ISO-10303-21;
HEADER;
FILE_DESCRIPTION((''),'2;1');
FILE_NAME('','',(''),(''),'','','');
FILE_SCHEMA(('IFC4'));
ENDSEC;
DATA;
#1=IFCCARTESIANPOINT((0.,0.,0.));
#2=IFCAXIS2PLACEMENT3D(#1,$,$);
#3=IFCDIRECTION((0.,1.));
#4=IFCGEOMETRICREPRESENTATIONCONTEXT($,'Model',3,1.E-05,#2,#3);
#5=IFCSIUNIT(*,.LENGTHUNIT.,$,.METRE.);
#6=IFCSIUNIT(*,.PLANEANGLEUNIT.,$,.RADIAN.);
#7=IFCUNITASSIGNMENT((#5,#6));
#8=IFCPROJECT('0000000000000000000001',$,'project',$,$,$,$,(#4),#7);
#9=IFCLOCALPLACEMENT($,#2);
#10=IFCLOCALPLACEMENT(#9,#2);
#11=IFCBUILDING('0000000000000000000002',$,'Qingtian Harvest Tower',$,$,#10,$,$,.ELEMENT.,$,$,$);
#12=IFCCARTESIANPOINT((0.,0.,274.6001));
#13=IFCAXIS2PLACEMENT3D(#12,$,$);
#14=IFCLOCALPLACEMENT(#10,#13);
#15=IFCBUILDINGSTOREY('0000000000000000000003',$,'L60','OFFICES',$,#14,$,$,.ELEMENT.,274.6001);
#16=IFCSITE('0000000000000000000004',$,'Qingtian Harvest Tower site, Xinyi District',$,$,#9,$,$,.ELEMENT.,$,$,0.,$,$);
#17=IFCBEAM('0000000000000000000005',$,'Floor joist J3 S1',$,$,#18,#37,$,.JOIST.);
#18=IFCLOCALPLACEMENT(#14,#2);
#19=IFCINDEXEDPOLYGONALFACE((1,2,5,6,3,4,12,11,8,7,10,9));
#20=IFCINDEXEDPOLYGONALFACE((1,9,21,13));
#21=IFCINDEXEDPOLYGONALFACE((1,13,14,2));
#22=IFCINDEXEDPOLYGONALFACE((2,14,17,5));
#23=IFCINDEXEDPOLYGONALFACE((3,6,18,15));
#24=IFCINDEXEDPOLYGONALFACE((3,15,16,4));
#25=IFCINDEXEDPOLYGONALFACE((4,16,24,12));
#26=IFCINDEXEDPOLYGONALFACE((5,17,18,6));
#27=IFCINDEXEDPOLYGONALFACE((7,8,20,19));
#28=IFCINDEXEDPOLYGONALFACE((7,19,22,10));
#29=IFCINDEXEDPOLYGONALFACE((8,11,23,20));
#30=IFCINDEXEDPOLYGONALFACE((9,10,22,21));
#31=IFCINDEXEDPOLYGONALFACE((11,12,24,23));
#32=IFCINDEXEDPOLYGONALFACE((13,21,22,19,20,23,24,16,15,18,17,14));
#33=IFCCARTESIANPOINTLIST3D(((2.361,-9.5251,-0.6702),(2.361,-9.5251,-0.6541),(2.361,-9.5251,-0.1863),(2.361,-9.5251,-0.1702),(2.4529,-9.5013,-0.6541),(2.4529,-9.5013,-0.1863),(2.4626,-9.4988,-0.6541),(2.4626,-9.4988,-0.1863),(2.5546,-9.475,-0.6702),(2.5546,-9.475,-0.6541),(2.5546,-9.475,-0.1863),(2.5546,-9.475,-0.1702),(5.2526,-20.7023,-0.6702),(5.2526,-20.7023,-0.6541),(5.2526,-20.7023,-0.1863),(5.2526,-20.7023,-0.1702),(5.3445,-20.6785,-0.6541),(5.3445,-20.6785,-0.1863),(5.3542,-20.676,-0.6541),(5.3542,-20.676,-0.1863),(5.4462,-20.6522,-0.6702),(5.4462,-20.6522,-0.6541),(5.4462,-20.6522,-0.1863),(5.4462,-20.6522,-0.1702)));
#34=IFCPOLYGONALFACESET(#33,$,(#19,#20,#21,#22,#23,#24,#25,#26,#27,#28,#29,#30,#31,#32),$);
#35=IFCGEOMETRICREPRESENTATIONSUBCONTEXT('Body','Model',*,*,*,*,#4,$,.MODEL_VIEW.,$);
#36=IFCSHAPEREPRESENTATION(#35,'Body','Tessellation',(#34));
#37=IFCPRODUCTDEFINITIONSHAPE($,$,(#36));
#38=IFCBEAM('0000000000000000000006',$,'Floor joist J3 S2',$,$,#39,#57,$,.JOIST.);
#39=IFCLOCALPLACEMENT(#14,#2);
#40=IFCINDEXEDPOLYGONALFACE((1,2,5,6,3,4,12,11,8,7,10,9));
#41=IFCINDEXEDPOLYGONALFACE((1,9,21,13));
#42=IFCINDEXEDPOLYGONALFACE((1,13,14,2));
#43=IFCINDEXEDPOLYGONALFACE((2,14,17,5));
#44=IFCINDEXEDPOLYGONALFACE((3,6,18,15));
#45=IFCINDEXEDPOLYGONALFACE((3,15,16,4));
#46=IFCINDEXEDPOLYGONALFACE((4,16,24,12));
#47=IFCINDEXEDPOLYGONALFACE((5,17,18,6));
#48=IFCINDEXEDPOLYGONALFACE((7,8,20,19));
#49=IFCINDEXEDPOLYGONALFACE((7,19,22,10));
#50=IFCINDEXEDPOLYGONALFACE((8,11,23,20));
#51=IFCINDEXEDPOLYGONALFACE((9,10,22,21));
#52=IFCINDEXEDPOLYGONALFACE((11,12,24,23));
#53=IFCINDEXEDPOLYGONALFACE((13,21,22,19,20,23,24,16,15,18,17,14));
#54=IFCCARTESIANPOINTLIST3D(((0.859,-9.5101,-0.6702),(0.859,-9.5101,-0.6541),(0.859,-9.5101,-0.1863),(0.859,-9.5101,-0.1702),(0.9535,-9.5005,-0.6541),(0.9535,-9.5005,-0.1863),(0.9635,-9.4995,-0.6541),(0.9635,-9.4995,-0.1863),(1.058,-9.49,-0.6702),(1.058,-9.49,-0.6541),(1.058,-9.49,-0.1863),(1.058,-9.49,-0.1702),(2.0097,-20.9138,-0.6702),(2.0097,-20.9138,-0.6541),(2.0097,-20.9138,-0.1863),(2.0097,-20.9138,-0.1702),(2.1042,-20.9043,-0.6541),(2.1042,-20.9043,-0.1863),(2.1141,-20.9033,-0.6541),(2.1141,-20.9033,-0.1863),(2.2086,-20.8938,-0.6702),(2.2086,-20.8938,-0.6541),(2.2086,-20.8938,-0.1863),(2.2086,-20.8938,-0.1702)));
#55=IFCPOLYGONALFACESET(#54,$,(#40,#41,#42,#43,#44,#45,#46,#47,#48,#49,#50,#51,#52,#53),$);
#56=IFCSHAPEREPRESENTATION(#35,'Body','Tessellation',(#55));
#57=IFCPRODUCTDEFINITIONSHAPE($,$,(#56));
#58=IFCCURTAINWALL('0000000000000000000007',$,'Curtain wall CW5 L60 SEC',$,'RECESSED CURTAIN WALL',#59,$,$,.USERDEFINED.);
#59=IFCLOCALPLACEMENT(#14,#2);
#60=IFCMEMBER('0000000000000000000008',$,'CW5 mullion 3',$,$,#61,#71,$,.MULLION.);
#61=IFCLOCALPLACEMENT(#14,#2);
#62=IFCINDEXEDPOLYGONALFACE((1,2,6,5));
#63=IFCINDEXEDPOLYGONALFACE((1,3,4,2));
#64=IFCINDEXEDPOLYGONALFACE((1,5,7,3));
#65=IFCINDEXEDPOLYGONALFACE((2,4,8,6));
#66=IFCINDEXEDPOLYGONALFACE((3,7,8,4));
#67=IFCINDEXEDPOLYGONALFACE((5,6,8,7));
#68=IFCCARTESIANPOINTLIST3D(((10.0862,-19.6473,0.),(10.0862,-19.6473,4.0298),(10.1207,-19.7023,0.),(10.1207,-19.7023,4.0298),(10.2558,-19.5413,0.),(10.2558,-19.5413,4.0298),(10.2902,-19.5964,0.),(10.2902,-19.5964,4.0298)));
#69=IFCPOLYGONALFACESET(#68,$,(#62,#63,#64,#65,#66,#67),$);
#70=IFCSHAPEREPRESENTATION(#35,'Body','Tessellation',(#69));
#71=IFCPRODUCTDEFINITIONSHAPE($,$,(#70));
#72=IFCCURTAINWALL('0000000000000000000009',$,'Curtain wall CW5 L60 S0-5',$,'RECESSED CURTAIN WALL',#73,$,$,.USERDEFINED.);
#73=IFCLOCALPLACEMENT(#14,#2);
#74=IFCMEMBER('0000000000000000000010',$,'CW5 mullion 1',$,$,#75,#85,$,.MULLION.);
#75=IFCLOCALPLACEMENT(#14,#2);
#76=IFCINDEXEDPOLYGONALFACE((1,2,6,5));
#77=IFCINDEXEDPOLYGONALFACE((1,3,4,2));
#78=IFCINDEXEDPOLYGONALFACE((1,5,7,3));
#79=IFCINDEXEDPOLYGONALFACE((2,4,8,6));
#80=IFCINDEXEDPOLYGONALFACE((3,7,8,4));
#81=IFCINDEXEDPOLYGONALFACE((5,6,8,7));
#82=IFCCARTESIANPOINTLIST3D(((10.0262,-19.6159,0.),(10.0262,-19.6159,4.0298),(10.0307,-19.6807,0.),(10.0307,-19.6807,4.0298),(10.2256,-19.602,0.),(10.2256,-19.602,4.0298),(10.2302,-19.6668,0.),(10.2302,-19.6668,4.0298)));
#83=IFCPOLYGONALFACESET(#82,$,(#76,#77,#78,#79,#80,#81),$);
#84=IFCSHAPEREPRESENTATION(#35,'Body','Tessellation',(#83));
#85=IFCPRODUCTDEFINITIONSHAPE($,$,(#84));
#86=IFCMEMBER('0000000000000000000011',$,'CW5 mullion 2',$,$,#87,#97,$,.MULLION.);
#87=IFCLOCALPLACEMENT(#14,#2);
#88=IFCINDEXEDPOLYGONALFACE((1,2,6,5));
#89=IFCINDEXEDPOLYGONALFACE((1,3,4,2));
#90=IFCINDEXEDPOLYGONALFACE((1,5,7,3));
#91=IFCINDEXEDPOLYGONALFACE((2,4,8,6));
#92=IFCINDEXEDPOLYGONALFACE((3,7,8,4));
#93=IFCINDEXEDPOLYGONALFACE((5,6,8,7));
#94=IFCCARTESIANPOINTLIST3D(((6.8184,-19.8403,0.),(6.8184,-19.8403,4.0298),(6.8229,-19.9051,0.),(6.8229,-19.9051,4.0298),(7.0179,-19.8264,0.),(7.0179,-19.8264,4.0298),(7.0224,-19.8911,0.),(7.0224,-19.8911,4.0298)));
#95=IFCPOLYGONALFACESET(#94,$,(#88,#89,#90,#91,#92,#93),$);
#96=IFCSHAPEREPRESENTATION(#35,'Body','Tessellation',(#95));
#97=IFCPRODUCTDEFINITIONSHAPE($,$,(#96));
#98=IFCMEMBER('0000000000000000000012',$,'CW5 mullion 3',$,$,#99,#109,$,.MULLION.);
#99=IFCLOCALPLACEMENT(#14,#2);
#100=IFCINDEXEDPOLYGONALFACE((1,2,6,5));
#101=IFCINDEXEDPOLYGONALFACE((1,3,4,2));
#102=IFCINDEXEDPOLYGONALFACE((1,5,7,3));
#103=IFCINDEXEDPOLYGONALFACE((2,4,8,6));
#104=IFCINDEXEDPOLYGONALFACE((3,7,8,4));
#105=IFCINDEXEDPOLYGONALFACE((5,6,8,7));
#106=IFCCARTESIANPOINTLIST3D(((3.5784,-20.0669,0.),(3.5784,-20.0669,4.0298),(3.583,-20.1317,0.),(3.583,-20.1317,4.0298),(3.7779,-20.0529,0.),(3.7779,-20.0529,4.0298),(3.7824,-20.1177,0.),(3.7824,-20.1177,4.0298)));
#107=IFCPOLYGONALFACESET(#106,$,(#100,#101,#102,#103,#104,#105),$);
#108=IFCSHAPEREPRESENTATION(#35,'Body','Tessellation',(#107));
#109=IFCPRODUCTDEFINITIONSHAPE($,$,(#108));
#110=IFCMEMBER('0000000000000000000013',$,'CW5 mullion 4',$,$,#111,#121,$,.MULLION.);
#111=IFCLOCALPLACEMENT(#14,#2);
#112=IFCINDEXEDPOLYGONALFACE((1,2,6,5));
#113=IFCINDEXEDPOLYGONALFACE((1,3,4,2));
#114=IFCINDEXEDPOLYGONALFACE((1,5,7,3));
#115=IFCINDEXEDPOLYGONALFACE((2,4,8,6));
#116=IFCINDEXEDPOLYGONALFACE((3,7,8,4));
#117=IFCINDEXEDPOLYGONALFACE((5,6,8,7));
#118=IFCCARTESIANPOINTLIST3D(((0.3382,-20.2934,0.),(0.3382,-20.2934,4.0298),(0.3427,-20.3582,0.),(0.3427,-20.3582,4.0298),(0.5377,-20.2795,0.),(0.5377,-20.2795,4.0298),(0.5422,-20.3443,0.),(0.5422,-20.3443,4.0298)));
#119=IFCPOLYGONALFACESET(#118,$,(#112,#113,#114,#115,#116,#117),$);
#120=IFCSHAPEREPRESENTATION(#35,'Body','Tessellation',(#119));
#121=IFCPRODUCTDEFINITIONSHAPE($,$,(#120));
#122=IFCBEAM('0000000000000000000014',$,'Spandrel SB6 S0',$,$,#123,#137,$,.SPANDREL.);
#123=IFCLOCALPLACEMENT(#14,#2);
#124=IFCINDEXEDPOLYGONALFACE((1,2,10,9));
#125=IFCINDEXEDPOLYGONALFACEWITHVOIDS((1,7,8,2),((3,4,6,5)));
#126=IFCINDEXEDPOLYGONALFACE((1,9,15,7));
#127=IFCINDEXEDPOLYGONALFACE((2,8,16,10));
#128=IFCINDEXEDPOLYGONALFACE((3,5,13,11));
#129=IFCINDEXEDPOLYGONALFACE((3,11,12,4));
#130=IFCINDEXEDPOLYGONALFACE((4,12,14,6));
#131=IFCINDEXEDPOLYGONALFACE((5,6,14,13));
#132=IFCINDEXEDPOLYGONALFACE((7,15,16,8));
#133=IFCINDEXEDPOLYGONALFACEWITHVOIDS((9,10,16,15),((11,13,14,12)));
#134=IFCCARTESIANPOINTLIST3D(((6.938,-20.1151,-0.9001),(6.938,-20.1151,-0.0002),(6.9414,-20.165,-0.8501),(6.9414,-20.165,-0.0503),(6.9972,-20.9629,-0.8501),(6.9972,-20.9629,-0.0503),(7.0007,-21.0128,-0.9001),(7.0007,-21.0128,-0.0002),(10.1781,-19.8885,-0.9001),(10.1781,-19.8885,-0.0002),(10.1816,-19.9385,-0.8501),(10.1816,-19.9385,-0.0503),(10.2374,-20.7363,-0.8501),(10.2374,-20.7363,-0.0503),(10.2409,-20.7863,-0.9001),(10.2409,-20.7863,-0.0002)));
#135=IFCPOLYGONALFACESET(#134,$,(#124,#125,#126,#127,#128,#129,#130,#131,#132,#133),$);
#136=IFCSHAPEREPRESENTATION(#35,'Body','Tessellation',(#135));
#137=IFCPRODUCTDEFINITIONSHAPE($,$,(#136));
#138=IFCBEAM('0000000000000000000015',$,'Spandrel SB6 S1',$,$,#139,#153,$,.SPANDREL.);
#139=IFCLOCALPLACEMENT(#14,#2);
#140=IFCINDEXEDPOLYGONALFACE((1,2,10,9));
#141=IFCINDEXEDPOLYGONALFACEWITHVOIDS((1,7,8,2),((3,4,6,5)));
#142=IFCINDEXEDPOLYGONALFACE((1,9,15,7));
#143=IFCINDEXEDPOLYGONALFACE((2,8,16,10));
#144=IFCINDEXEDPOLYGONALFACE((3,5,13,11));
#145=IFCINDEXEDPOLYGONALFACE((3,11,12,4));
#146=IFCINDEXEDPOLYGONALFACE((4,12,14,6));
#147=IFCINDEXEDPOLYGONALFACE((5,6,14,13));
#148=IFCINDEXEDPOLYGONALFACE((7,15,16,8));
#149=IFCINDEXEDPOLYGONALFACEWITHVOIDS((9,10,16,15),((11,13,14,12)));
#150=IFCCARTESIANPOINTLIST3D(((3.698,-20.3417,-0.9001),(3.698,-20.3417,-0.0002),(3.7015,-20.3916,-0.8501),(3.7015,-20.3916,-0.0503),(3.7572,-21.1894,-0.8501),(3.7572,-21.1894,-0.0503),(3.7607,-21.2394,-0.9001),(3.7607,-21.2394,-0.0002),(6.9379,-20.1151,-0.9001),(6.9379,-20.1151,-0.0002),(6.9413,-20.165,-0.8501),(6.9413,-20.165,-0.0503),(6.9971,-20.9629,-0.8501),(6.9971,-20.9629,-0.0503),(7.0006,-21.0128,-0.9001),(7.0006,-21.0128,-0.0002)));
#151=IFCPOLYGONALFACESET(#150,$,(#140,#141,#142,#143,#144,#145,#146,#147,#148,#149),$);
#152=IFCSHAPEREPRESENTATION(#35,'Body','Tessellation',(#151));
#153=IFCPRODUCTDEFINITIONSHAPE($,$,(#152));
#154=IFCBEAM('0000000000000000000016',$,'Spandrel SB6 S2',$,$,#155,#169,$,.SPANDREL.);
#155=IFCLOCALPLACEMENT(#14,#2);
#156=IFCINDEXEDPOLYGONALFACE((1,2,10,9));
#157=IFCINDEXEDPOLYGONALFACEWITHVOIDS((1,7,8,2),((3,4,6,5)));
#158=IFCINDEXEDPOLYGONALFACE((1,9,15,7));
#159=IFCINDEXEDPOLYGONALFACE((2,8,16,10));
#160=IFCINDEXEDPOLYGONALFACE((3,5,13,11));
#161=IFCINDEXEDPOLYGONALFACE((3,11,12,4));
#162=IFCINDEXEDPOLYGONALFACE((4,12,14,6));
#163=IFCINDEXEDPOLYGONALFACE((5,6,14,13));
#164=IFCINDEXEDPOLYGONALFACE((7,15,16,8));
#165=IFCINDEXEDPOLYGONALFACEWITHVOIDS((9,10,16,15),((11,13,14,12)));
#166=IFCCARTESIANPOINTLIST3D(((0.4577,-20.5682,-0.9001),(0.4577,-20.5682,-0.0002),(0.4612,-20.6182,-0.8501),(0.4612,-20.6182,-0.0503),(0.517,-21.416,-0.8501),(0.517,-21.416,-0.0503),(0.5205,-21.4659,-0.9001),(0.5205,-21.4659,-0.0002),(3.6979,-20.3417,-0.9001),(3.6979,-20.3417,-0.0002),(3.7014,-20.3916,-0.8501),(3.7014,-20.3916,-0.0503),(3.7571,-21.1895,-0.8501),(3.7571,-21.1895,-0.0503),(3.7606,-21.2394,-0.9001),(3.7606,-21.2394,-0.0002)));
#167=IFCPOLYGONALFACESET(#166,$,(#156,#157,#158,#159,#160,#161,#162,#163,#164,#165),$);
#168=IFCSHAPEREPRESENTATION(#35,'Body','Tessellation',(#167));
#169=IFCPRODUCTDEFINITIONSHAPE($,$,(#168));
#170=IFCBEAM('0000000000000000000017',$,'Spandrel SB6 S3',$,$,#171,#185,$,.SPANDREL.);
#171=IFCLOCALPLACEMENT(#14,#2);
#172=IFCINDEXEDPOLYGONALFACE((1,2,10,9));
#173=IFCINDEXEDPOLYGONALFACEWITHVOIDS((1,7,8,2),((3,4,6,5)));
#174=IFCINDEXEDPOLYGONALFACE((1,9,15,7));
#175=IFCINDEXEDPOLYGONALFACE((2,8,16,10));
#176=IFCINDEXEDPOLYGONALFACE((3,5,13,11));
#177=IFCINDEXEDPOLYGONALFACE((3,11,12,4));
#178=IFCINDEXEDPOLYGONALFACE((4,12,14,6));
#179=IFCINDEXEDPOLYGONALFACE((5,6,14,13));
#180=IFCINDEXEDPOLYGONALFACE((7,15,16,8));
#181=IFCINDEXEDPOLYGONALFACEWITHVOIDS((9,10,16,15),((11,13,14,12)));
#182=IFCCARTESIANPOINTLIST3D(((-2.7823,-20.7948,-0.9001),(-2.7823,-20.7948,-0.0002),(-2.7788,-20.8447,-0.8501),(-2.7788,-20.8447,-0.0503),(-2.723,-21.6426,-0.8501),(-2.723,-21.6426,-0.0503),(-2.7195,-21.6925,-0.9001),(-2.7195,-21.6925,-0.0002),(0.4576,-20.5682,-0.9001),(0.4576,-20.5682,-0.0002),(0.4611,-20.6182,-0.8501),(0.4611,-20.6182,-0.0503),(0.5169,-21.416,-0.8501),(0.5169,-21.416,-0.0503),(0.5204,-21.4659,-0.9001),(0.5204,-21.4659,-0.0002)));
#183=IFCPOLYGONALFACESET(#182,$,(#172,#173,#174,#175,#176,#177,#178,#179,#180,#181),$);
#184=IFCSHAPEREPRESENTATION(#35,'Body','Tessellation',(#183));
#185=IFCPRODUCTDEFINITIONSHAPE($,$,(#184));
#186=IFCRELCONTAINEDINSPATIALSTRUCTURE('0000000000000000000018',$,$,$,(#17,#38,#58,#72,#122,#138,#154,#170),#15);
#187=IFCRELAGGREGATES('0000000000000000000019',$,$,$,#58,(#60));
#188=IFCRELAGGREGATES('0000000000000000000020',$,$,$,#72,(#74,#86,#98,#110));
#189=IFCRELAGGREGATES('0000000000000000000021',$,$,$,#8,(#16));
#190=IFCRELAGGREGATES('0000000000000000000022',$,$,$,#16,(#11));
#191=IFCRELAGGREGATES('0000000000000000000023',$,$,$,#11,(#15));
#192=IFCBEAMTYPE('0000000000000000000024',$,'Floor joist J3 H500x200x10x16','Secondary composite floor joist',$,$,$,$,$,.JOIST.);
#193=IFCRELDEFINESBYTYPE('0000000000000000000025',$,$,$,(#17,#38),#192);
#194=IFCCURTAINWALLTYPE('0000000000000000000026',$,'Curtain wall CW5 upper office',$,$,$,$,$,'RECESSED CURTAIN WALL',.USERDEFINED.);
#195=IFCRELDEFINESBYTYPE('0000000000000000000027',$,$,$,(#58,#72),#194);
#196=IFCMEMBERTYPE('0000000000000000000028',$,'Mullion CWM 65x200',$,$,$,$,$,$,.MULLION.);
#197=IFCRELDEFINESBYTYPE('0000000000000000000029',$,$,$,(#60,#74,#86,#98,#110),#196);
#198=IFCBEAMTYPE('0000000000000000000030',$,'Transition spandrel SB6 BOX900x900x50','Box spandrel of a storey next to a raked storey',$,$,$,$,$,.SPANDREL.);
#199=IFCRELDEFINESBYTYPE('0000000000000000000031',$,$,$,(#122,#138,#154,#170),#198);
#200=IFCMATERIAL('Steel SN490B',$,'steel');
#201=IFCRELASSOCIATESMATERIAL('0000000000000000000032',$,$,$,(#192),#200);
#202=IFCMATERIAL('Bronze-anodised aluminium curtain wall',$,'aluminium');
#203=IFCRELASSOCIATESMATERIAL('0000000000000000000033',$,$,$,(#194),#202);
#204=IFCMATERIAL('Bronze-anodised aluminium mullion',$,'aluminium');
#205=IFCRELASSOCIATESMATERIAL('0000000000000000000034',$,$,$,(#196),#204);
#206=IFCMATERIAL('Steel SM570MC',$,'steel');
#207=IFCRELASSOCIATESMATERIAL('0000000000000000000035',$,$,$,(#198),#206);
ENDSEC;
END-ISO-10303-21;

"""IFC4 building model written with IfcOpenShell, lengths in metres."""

from ifc_helpers import new_model, si_unit, direction, frame, origin, origin_2d, place, context, subcontext, project, spatial, rectangle, hollow_rectangle, i_section, extrude, material, material_profile, profile_set, type_object, element, aggregate, save


model = new_model("IFC4")

# Units and contexts
model_context = context("Model", 3, precision=1e-05, world=origin(), true_north=direction((0.0, 1.0)))
body_context = subcontext(model_context, "Body", "Model", "MODEL_VIEW")
ifc_project = project(units=[si_unit("LENGTHUNIT", "METRE"), si_unit("PLANEANGLEUNIT", "RADIAN")], contexts=[model_context])

# Site, building, storey
site_placement = place(None, origin())
site = spatial("IfcSite", under=ifc_project, at=site_placement, Name="Qingtian Harvest Tower site, Xinyi District", CompositionType="ELEMENT", RefElevation=0.0)
building_placement = place(site_placement, origin())
building = spatial("IfcBuilding", under=site, at=building_placement, Name="Qingtian Harvest Tower", CompositionType="ELEMENT")
storey_placement = place(building_placement, frame((0.0, 0.0, 274.6001)))
storey = spatial("IfcBuildingStorey", under=building, at=storey_placement, Name="L60", Description="OFFICES", CompositionType="ELEMENT", Elevation=274.6001)

# Beams
ifc_material_1 = material(Name="Steel SN490B", Category="steel")
ifc_material_profile_1 = material_profile(ifc_material_1, i_section(OverallWidth=0.2, OverallDepth=0.5, WebThickness=0.01, FlangeThickness=0.0161, at=origin_2d()), Name="H500x200x10x16")
ifc_profile_set_1 = profile_set([ifc_material_profile_1], Name="Steel SN490B")
beam_type_1 = type_object("IfcBeamType", Name="Floor joist J3 H500x200x10x16", Description="Secondary composite floor joist", PredefinedType="JOIST", material=ifc_profile_set_1)
beam_1_placement = place(storey_placement, frame((5.3494, -20.6772, -0.4202), z_axis=(-0.250459, 0.968127, 0.0), x_axis=(-0.968127, -0.250459, 0.0)))
element("IfcBeam", 1, at=beam_1_placement, inside=storey, type_object=beam_type_1, Name="Floor joist J3 S1", PredefinedType="JOIST", context=body_context, shape_type="SweptSolid", body=[
    extrude(i_section(OverallWidth=0.2, OverallDepth=0.5, WebThickness=0.01, FlangeThickness=0.0161, at=origin_2d()), origin(), (0.0, 0.0, 1.0), 11.5452),
])
beam_2_placement = place(storey_placement, frame((2.1091, -20.9038, -0.4202), z_axis=(-0.100389, 0.994948, 0.0), x_axis=(-0.994948, -0.100389, 0.0)))
element("IfcBeam", 2, at=beam_2_placement, inside=storey, type_object=beam_type_1, Name="Floor joist J3 S2", PredefinedType="JOIST", context=body_context, shape_type="SweptSolid", body=[
    extrude(i_section(OverallWidth=0.2, OverallDepth=0.5, WebThickness=0.01, FlangeThickness=0.0161, at=origin_2d()), origin(), (0.0, 0.0, 1.0), 11.4617),
])

# Curtain wall, member
ifc_material_2 = material(Name="Bronze-anodised aluminium curtain wall", Category="aluminium")
curtain_wall_type = type_object("IfcCurtainWallType", Name="Curtain wall CW5 upper office", ElementType="RECESSED CURTAIN WALL", PredefinedType="USERDEFINED", material=ifc_material_2)
curtain_wall_1_placement = place(storey_placement, origin())
curtain_wall_1 = element("IfcCurtainWall", 3, at=curtain_wall_1_placement, inside=storey, type_object=curtain_wall_type, Name="Curtain wall CW5 L60 SEC", ObjectType="RECESSED CURTAIN WALL", PredefinedType="USERDEFINED")
ifc_material_3 = material(Name="Bronze-anodised aluminium mullion", Category="aluminium")
ifc_material_profile_2 = material_profile(ifc_material_3, rectangle(XDim=0.0649, YDim=0.2, at=origin_2d()), Name="AL 65x200")
ifc_profile_set_2 = profile_set([ifc_material_profile_2], Name="Bronze-anodised aluminium mullion")
member_type_1 = type_object("IfcMemberType", Name="Mullion CWM 65x200", PredefinedType="MULLION", material=ifc_profile_set_2)
member_1_placement = place(storey_placement, frame((10.1882, -19.6218, 0.0), z_axis=(0.0, 0.0, 1.0), x_axis=(0.529919, -0.848048, 0.0)))
member_1 = element("IfcMember", 4, at=member_1_placement, type_object=member_type_1, Name="CW5 mullion 3", PredefinedType="MULLION", context=body_context, shape_type="SweptSolid", body=[
    extrude(rectangle(XDim=0.0649, YDim=0.2, at=origin_2d()), origin(), (0.0, 0.0, 1.0), 4.0298),
])

# Curtain wall, members
curtain_wall_2_placement = place(storey_placement, origin())
curtain_wall_2 = element("IfcCurtainWall", 5, at=curtain_wall_2_placement, inside=storey, type_object=curtain_wall_type, Name="Curtain wall CW5 L60 S0-5", ObjectType="RECESSED CURTAIN WALL", PredefinedType="USERDEFINED")
member_2_placement = place(storey_placement, frame((10.1282, -19.6414, 0.0), z_axis=(0.0, 0.0, 1.0), x_axis=(0.069756, -0.997564, 0.0)))
member_2 = element("IfcMember", 6, at=member_2_placement, type_object=member_type_1, Name="CW5 mullion 1", PredefinedType="MULLION", context=body_context, shape_type="SweptSolid", body=[
    extrude(rectangle(XDim=0.0649, YDim=0.2, at=origin_2d()), origin(), (0.0, 0.0, 1.0), 4.0298),
])
member_3_placement = place(storey_placement, frame((6.9204, -19.8657, 0.0), z_axis=(0.0, 0.0, 1.0), x_axis=(0.069756, -0.997564, 0.0)))
member_3 = element("IfcMember", 7, at=member_3_placement, type_object=member_type_1, Name="CW5 mullion 2", PredefinedType="MULLION", context=body_context, shape_type="SweptSolid", body=[
    extrude(rectangle(XDim=0.0649, YDim=0.2, at=origin_2d()), origin(), (0.0, 0.0, 1.0), 4.0298),
])
member_4_placement = place(storey_placement, frame((3.6804, -20.0923, 0.0), z_axis=(0.0, 0.0, 1.0), x_axis=(0.069756, -0.997564, 0.0)))
member_4 = element("IfcMember", 8, at=member_4_placement, type_object=member_type_1, Name="CW5 mullion 3", PredefinedType="MULLION", context=body_context, shape_type="SweptSolid", body=[
    extrude(rectangle(XDim=0.0649, YDim=0.2, at=origin_2d()), origin(), (0.0, 0.0, 1.0), 4.0298),
])
member_5_placement = place(storey_placement, frame((0.4402, -20.3188, 0.0), z_axis=(0.0, 0.0, 1.0), x_axis=(0.069756, -0.997564, 0.0)))
member_5 = element("IfcMember", 9, at=member_5_placement, type_object=member_type_1, Name="CW5 mullion 4", PredefinedType="MULLION", context=body_context, shape_type="SweptSolid", body=[
    extrude(rectangle(XDim=0.0649, YDim=0.2, at=origin_2d()), origin(), (0.0, 0.0, 1.0), 4.0298),
])

# Beams
ifc_material_4 = material(Name="Steel SM570MC", Category="steel")
ifc_material_profile_3 = material_profile(ifc_material_4, hollow_rectangle(XDim=0.8999, YDim=0.8999, WallThickness=0.05, at=origin_2d()), Name="BOX900x900x50")
ifc_profile_set_3 = profile_set([ifc_material_profile_3], Name="Steel SM570MC")
beam_type_2 = type_object("IfcBeamType", Name="Transition spandrel SB6 BOX900x900x50", Description="Box spandrel of a storey next to a raked storey", PredefinedType="SPANDREL", material=ifc_profile_set_3)
beam_3_placement = place(storey_placement, frame((10.2095, -20.3374, -0.4502), z_axis=(-0.997564, -0.069751, 0.0), x_axis=(0.069751, -0.997564, 0.0)))
element("IfcBeam", 10, at=beam_3_placement, inside=storey, type_object=beam_type_2, Name="Spandrel SB6 S0", PredefinedType="SPANDREL", context=body_context, shape_type="SweptSolid", body=[
    extrude(hollow_rectangle(XDim=0.8999, YDim=0.8999, WallThickness=0.05, at=origin_2d()), origin(), (0.0, 0.0, 1.0), 3.248),
])
beam_4_placement = place(storey_placement, frame((6.9692, -20.564, -0.4502), z_axis=(-0.997564, -0.069757, 0.0), x_axis=(0.069757, -0.997564, 0.0)))
element("IfcBeam", 11, at=beam_4_placement, inside=storey, type_object=beam_type_2, Name="Spandrel SB6 S1", PredefinedType="SPANDREL", context=body_context, shape_type="SweptSolid", body=[
    extrude(hollow_rectangle(XDim=0.8999, YDim=0.8999, WallThickness=0.05, at=origin_2d()), origin(), (0.0, 0.0, 1.0), 3.2478),
])
beam_5_placement = place(storey_placement, frame((3.7292, -20.7905, -0.4502), z_axis=(-0.997564, -0.069751, 0.0), x_axis=(0.069751, -0.997564, 0.0)))
element("IfcBeam", 12, at=beam_5_placement, inside=storey, type_object=beam_type_2, Name="Spandrel SB6 S2", PredefinedType="SPANDREL", context=body_context, shape_type="SweptSolid", body=[
    extrude(hollow_rectangle(XDim=0.8999, YDim=0.8999, WallThickness=0.05, at=origin_2d()), origin(), (0.0, 0.0, 1.0), 3.248),
])
beam_6_placement = place(storey_placement, frame((0.489, -21.0171, -0.4502), z_axis=(-0.997564, -0.069757, 0.0), x_axis=(0.069757, -0.997564, 0.0)))
element("IfcBeam", 13, at=beam_6_placement, inside=storey, type_object=beam_type_2, Name="Spandrel SB6 S3", PredefinedType="SPANDREL", context=body_context, shape_type="SweptSolid", body=[
    extrude(hollow_rectangle(XDim=0.8999, YDim=0.8999, WallThickness=0.05, at=origin_2d()), origin(), (0.0, 0.0, 1.0), 3.2478),
])

aggregate(curtain_wall_1, [member_1])
aggregate(curtain_wall_2, [member_2, member_3, member_4, member_5])

save(model, "model.ifc")
